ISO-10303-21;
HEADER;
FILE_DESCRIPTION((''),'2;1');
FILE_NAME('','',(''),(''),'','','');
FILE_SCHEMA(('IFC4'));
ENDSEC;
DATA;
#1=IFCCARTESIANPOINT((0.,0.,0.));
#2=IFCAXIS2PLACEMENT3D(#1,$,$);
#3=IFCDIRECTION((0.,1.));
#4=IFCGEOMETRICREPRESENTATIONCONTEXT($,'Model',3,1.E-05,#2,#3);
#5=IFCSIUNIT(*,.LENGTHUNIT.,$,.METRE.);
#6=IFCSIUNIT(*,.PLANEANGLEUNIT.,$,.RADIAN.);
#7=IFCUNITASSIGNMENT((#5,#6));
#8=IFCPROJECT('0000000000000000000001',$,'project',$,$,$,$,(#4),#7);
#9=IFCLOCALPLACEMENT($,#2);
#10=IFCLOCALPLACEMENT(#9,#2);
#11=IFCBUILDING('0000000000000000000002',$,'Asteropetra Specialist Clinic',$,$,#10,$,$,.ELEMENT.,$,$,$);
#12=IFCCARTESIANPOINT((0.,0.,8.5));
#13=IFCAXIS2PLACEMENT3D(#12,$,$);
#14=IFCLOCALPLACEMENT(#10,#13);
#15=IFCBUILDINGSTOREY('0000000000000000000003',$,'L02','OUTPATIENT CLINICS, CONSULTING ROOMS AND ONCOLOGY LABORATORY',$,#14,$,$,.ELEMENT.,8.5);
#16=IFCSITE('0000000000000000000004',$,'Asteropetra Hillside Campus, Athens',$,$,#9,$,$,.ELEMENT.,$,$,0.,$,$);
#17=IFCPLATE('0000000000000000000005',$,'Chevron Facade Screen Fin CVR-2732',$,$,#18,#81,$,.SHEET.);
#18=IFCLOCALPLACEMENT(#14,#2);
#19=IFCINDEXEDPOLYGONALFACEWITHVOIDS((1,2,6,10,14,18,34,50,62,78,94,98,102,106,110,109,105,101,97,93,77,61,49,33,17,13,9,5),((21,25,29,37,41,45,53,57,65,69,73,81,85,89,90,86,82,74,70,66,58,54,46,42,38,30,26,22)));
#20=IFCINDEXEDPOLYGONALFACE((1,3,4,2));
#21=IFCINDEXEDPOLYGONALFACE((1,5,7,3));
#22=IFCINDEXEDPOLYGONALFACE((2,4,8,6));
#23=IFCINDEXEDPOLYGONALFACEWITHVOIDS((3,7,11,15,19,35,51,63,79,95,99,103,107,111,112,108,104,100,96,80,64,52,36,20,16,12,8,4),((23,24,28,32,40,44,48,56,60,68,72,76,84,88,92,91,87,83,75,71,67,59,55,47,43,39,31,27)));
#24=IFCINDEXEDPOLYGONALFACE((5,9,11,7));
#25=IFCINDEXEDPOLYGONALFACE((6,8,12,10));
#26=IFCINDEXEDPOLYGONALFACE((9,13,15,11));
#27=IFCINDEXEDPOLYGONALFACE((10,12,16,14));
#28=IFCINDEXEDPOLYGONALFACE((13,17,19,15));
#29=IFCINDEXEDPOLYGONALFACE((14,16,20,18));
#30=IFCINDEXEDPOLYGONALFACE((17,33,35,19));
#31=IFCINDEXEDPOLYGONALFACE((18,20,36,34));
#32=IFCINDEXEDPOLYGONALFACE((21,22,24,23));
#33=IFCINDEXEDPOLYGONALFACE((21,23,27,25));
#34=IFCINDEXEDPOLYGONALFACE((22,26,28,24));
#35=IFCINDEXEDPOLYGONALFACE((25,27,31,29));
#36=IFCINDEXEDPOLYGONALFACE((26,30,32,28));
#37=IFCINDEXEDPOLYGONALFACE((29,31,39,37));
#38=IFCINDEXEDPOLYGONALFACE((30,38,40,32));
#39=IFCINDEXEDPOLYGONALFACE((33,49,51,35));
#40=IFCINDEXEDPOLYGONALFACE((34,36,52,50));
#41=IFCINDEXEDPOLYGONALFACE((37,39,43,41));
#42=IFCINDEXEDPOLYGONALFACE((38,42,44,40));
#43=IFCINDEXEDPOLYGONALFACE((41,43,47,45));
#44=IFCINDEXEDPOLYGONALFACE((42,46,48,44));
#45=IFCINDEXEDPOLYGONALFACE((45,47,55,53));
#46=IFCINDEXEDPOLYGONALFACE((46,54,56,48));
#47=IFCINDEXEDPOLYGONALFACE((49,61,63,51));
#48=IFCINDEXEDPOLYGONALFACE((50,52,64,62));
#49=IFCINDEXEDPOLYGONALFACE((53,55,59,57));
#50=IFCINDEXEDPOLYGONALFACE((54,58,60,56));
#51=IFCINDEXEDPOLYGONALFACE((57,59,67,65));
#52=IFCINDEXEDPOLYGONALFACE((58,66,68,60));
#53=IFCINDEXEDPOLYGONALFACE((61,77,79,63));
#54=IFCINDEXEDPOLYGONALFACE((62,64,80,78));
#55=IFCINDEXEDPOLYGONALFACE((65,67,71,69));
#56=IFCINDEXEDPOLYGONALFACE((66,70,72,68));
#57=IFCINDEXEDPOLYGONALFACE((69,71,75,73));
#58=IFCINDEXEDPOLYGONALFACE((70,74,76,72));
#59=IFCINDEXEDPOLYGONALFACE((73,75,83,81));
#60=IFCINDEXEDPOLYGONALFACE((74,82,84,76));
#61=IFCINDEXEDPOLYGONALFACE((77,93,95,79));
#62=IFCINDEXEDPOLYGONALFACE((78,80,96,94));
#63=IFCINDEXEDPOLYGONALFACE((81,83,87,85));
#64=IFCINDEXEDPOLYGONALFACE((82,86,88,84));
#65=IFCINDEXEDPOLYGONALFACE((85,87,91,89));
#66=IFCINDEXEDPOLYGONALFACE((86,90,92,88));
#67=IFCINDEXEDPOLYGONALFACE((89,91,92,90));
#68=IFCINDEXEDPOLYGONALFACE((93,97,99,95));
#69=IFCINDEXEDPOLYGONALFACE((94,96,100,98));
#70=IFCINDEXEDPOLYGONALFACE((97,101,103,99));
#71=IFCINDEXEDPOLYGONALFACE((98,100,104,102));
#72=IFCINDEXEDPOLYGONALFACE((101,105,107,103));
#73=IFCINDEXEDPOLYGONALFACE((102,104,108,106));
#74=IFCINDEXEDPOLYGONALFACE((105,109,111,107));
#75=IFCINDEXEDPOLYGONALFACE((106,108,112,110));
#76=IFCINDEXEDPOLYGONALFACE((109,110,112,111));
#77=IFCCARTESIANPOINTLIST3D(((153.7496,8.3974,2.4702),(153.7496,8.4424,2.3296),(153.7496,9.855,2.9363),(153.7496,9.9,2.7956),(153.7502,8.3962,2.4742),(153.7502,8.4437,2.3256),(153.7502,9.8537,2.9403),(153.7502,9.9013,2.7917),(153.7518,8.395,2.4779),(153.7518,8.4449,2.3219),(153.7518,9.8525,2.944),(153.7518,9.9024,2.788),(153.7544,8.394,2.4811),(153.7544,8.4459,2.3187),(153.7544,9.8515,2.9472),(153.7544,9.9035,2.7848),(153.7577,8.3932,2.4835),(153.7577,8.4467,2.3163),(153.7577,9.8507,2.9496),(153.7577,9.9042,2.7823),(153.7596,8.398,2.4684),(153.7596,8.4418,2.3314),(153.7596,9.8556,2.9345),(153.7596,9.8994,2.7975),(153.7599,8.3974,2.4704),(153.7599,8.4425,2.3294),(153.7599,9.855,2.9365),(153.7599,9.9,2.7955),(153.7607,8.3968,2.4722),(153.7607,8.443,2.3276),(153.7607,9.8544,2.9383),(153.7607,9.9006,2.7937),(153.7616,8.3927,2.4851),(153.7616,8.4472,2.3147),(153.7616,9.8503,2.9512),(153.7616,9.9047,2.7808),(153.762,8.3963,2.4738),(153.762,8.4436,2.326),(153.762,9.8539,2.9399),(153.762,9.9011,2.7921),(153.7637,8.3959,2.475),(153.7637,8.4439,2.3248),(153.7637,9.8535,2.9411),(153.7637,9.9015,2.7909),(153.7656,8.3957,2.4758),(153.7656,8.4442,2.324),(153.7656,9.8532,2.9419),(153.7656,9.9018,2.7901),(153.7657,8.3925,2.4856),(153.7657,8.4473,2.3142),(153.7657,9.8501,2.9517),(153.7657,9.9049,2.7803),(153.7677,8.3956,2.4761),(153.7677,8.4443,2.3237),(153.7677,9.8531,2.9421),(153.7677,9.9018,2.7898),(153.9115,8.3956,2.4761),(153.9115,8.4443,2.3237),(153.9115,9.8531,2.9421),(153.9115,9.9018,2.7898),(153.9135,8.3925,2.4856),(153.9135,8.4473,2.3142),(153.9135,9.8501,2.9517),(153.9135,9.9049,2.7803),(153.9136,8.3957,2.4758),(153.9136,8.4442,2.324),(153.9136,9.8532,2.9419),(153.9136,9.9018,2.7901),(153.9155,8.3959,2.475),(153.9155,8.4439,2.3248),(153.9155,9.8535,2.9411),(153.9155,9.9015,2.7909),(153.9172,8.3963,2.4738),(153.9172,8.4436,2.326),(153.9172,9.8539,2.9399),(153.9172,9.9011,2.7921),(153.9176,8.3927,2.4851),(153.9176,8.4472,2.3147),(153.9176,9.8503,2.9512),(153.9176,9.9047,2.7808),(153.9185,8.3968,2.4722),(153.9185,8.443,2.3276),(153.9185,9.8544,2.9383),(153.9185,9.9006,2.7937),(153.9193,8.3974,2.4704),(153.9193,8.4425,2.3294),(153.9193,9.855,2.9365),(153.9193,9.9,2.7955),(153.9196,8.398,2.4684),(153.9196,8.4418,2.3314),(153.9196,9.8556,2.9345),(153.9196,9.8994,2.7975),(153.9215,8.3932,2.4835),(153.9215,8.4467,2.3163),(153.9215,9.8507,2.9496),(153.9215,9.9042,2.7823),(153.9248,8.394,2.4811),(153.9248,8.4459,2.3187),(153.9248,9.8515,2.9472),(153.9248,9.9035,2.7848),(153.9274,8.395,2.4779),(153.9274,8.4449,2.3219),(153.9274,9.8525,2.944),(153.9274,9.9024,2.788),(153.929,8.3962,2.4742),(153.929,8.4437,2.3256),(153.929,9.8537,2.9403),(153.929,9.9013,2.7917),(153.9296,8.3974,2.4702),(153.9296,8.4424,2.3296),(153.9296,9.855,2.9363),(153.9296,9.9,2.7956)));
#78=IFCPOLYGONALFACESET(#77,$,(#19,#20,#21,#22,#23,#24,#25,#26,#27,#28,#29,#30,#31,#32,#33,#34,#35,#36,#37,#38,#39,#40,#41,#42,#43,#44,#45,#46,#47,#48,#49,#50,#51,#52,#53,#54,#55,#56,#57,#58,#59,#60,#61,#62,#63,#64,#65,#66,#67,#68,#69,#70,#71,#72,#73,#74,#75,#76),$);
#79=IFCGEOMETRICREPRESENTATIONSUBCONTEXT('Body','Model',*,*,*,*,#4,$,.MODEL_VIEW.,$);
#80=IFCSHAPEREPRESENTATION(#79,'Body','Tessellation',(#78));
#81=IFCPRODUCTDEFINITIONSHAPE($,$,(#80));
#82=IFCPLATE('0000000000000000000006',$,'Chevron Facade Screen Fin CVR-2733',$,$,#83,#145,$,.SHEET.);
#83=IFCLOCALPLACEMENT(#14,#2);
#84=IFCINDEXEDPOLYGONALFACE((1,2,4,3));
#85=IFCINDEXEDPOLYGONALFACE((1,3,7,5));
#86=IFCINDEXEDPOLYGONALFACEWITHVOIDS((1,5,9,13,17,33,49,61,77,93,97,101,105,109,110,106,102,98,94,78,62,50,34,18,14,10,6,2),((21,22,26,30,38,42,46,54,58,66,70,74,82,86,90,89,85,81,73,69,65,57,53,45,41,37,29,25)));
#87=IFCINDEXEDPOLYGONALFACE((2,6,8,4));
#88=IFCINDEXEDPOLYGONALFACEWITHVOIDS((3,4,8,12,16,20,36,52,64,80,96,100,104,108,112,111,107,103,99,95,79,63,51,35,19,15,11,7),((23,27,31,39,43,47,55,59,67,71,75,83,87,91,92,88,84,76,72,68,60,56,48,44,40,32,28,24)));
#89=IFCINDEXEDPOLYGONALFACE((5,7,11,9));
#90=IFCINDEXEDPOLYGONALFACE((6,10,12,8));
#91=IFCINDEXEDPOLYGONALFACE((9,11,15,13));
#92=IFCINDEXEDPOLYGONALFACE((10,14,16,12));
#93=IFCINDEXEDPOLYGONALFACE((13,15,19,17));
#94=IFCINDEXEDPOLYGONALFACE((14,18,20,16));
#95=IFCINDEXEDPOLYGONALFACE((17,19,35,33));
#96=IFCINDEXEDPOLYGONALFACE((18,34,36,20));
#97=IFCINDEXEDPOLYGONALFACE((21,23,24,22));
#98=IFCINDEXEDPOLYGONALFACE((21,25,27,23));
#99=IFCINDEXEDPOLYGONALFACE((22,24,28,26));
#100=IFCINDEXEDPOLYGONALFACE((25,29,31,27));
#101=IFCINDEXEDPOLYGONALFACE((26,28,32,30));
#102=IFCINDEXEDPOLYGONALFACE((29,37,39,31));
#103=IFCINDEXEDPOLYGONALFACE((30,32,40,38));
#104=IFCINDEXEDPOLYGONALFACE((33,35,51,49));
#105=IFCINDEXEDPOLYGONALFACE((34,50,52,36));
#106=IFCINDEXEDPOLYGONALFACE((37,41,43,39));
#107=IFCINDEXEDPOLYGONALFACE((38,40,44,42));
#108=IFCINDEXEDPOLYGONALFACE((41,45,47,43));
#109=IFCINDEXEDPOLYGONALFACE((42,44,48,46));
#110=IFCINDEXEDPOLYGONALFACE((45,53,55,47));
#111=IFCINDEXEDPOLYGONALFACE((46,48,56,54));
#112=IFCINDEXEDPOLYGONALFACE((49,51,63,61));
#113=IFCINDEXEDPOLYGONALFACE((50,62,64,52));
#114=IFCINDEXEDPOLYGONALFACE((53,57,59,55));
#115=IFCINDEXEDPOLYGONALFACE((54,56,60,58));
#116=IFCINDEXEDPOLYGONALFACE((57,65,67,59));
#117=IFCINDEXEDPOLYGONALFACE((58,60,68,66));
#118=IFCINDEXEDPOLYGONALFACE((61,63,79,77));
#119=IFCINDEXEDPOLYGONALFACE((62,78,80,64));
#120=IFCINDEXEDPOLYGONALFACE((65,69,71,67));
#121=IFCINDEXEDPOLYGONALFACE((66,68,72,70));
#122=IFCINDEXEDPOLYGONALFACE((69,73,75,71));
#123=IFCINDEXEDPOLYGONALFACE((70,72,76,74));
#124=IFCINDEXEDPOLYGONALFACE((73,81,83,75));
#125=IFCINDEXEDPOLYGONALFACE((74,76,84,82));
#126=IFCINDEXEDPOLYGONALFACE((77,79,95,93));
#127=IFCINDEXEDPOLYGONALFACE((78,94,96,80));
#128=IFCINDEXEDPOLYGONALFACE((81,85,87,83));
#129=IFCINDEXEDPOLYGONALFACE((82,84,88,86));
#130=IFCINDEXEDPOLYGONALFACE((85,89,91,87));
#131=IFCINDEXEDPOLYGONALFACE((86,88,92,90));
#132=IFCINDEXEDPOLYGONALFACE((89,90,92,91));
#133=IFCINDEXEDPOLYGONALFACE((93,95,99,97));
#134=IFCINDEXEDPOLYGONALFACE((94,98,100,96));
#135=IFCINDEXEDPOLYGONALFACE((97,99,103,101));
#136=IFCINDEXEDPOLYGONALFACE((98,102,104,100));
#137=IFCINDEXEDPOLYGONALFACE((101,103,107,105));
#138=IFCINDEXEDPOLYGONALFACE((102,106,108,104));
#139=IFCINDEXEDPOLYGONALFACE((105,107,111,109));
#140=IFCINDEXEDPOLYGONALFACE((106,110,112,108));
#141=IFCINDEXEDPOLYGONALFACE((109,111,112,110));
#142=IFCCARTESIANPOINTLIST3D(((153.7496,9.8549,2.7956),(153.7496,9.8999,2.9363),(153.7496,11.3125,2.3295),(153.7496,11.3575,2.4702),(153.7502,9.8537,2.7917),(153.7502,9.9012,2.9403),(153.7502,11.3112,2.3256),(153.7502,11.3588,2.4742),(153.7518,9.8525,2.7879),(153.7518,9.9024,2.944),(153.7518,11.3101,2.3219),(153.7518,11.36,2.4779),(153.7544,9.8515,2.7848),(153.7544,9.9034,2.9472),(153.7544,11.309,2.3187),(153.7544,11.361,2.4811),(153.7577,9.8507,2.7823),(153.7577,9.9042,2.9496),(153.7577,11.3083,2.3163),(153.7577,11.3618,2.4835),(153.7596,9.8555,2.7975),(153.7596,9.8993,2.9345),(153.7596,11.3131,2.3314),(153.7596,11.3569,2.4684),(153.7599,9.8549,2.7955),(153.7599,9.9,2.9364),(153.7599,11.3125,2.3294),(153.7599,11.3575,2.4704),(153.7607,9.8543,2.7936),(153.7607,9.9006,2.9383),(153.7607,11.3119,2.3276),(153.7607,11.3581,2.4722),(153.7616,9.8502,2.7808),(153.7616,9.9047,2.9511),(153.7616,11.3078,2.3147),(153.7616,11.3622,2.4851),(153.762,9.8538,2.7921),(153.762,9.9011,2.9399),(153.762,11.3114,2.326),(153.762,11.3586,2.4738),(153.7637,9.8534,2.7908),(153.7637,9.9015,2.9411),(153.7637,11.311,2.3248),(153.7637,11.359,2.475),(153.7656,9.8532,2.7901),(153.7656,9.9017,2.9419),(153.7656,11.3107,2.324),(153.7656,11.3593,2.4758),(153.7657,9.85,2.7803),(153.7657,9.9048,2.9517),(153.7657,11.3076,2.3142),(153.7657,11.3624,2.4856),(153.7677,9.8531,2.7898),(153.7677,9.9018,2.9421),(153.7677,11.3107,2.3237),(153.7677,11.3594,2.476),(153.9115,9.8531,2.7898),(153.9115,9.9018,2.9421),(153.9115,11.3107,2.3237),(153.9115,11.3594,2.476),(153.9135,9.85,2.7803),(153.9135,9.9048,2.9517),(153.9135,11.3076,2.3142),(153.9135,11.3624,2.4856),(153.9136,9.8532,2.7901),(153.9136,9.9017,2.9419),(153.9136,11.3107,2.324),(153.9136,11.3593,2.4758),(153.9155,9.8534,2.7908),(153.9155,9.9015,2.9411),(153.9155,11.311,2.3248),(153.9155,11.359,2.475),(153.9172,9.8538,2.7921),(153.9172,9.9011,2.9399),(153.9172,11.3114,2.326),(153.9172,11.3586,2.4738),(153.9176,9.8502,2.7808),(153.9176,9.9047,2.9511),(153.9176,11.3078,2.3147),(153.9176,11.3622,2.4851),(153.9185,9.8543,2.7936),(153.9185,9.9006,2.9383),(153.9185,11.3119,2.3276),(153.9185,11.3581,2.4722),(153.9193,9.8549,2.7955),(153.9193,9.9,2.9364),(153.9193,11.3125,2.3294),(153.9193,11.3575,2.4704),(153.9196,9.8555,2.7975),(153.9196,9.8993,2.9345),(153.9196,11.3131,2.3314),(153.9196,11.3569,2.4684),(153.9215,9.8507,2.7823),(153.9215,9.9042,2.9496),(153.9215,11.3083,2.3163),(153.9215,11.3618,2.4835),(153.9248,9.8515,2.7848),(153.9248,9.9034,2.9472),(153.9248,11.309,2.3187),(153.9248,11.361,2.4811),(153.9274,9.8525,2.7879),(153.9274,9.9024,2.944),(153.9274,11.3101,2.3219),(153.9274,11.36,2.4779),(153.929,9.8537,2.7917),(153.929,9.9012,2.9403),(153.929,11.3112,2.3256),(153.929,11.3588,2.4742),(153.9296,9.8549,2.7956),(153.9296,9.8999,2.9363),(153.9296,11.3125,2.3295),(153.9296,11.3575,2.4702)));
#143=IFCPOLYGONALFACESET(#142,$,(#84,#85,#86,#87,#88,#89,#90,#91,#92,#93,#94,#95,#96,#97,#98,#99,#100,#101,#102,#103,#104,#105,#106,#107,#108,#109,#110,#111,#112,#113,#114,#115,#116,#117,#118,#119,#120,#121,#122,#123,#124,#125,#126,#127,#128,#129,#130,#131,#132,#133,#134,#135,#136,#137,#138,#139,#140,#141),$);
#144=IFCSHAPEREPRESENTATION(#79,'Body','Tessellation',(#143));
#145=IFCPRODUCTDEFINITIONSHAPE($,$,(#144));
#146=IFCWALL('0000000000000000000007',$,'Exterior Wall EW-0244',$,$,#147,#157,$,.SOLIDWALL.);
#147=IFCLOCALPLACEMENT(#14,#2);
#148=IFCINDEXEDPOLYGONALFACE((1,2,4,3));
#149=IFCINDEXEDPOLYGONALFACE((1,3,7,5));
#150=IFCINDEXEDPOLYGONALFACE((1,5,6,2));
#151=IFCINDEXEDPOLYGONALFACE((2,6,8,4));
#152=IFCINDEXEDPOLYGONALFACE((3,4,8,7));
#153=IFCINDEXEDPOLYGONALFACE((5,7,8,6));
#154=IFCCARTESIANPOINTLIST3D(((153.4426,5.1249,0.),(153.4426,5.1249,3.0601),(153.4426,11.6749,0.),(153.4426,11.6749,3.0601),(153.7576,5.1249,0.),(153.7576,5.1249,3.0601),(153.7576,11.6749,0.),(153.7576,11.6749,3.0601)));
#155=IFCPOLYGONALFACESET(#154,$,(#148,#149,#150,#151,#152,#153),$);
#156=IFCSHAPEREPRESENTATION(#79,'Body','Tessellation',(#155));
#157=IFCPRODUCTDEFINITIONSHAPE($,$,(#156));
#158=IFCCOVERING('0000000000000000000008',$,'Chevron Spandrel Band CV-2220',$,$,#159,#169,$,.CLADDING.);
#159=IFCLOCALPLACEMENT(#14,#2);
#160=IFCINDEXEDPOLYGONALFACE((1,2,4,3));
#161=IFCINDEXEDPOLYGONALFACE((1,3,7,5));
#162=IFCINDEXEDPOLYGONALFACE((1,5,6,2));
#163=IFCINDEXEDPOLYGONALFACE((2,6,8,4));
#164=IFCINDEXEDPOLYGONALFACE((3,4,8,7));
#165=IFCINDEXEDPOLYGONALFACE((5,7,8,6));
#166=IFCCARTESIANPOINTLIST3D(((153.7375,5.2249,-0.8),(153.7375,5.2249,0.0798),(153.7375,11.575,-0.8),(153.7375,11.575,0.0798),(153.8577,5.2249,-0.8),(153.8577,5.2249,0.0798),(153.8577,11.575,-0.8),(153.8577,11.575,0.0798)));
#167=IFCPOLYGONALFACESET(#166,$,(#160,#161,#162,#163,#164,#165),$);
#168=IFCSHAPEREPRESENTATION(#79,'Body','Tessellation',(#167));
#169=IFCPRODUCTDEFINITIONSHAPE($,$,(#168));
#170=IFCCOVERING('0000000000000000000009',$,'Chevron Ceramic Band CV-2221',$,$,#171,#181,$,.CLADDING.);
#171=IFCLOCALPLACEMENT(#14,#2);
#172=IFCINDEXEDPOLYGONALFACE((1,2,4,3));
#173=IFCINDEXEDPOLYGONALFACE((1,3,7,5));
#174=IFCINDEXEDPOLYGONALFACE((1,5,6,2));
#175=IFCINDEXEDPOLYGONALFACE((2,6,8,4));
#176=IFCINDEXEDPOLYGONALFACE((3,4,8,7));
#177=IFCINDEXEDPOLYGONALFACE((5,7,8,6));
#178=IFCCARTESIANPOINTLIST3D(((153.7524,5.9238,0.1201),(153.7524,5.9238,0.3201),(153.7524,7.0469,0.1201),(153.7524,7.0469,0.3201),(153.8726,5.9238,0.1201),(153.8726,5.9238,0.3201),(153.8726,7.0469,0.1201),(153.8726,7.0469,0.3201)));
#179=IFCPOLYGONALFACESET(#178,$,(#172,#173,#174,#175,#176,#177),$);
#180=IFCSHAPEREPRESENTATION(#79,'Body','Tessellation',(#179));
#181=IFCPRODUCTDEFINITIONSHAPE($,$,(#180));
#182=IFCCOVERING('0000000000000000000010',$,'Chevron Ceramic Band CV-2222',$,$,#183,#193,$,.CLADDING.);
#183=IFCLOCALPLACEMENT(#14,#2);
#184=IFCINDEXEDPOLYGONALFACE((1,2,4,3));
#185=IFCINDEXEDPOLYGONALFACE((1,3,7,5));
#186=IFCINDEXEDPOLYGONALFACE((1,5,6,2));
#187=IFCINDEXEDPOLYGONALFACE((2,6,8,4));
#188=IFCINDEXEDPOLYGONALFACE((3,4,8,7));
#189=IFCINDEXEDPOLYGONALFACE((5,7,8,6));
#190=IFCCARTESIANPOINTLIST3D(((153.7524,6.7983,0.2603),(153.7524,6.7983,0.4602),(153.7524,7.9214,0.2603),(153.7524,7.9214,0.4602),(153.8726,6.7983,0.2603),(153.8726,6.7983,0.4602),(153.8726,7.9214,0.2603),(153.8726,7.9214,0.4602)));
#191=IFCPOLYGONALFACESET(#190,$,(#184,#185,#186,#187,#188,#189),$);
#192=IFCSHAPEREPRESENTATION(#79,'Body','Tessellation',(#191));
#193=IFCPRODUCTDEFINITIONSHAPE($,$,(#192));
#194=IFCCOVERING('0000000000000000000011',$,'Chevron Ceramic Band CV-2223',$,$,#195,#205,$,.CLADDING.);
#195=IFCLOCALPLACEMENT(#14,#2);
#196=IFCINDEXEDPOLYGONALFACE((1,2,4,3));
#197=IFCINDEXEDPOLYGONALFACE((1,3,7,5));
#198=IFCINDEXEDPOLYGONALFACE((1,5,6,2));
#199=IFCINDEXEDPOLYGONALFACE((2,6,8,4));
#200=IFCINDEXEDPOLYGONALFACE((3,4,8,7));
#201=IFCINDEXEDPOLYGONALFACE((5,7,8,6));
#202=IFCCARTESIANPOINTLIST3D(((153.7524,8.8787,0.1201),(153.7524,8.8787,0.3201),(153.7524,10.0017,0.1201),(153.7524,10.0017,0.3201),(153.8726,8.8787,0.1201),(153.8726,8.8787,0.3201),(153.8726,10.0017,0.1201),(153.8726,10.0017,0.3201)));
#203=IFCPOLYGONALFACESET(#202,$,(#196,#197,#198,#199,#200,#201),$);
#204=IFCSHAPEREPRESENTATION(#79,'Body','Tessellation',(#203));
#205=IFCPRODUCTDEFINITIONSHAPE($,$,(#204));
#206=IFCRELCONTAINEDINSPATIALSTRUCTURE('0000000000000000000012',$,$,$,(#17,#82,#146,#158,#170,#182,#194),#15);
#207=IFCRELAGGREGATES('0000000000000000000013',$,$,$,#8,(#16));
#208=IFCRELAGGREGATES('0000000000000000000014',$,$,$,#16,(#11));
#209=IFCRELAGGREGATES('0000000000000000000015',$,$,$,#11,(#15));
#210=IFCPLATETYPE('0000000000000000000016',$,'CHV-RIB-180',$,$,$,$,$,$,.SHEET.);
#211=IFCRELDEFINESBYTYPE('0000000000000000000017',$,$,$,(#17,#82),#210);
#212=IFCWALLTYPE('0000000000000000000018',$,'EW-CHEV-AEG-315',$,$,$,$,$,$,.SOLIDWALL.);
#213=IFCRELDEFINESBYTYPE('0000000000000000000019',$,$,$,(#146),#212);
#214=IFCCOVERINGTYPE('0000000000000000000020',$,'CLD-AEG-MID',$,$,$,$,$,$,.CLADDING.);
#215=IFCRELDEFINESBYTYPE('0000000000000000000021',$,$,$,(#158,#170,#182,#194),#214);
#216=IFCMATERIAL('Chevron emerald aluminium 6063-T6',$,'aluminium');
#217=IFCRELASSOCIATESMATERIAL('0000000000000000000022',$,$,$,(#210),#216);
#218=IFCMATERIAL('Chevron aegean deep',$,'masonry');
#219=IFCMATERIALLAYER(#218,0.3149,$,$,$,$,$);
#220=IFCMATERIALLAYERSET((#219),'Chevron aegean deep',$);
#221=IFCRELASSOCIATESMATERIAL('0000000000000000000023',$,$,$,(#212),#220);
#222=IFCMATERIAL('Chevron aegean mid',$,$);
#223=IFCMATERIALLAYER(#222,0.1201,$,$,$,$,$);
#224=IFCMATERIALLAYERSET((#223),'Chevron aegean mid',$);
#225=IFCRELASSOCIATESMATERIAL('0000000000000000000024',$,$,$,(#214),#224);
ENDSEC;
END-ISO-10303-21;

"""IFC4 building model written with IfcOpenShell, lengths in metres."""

from ifc_helpers import new_model, si_unit, direction, frame, frame_2d, origin, origin_2d, place, context, subcontext, project, spatial, rectangle, hollow_rectangle, extrude, material, layer, layer_set, material_profile, profile_set, type_object, element, save


model = new_model("IFC4")

# Units and contexts
model_context = context("Model", 3, precision=1e-05, world=origin(), true_north=direction((0.0, 1.0)))
body_context = subcontext(model_context, "Body", "Model", "MODEL_VIEW")
ifc_project = project(units=[si_unit("LENGTHUNIT", "METRE"), si_unit("PLANEANGLEUNIT", "RADIAN")], contexts=[model_context])

# Site, building, storey
site_placement = place(None, origin())
site = spatial("IfcSite", under=ifc_project, at=site_placement, Name="Asteropetra Hillside Campus, Athens", CompositionType="ELEMENT", RefElevation=0.0)
building_placement = place(site_placement, origin())
building = spatial("IfcBuilding", under=site, at=building_placement, Name="Asteropetra Specialist Clinic", CompositionType="ELEMENT")
storey_placement = place(building_placement, frame((0.0, 0.0, 8.5)))
storey = spatial("IfcBuildingStorey", under=building, at=storey_placement, Name="L02", Description="OUTPATIENT CLINICS, CONSULTING ROOMS AND ONCOLOGY LABORATORY", CompositionType="ELEMENT", Elevation=8.5)

# Plates
ifc_material_1 = material(Name="Chevron emerald aluminium 6063-T6", Category="aluminium")
ifc_material_profile_1 = material_profile(ifc_material_1, hollow_rectangle(XDim=0.1799, YDim=0.1799, WallThickness=0.01, InnerFilletRadius=0.0081, OuterFilletRadius=0.0161, at=origin_2d()), Name="SHS 180x180x10.0")
ifc_profile_set_1 = profile_set([ifc_material_profile_1], Name="Chevron emerald aluminium 6063-T6")
plate_type = type_object("IfcPlateType", Name="CHV-RIB-180", PredefinedType="SHEET", material=ifc_profile_set_1)
for number, where, z_axis, x_axis, name in (
    (1, (153.8396, 8.4199, 2.3999), (0.0, 0.952489, 0.304573), (-1.0, 0.0, 0.0), "Chevron Facade Screen Fin CVR-2732"),
    (2, (153.8396, 9.8774, 2.866), (0.0, 0.952489, -0.304573), (-1.0, 0.0, 0.0), "Chevron Facade Screen Fin CVR-2733"),
):
    element("IfcPlate", number, at=place(storey_placement, frame(where, z_axis=z_axis, x_axis=x_axis)), inside=storey, type_object=plate_type, Name=name, PredefinedType="SHEET", context=body_context, shape_type="SweptSolid", body=[
        extrude(hollow_rectangle(XDim=0.1799, YDim=0.1799, WallThickness=0.01, InnerFilletRadius=0.0081, OuterFilletRadius=0.0161, at=origin_2d()), origin(), (0.0, 0.0, 1.0), 1.5303),
    ])

# Wall
ifc_material_2 = material(Name="Chevron aegean deep", Category="masonry")
ifc_layer_1 = layer(ifc_material_2, 0.3149)
ifc_layer_set_1 = layer_set([ifc_layer_1], Name="Chevron aegean deep")
wall_type = type_object("IfcWallType", Name="EW-CHEV-AEG-315", PredefinedType="SOLIDWALL", material=ifc_layer_set_1)
wall_placement = place(storey_placement, frame((153.6001, 5.125, 0.0), z_axis=(0.0, 0.0, 1.0), x_axis=(0.0, 1.0, 0.0)))
element("IfcWall", 3, at=wall_placement, inside=storey, type_object=wall_type, Name="Exterior Wall EW-0244", PredefinedType="SOLIDWALL", context=body_context, shape_type="SweptSolid", body=[
    extrude(rectangle(XDim=6.55, YDim=0.3149, at=frame_2d((3.2749, 0.0))), origin(), (0.0, 0.0, 1.0), 3.0601),
])

# Coverings
ifc_material_3 = material(Name="Chevron aegean mid")
ifc_layer_2 = layer(ifc_material_3, 0.1201)
ifc_layer_set_2 = layer_set([ifc_layer_2], Name="Chevron aegean mid")
covering_type_1 = type_object("IfcCoveringType", Name="CLD-AEG-MID", PredefinedType="CLADDING", material=ifc_layer_set_2)
covering_1_placement = place(storey_placement, frame((153.7976, 8.3999, -0.8), z_axis=(0.0, 0.0, 1.0), x_axis=(1.0, 0.0, 0.0)))
element("IfcCovering", 4, at=covering_1_placement, inside=storey, type_object=covering_type_1, Name="Chevron Spandrel Band CV-2220", PredefinedType="CLADDING", context=body_context, shape_type="SweptSolid", body=[
    extrude(rectangle(XDim=0.1201, YDim=6.3501, at=origin_2d()), origin(), (0.0, 0.0, 1.0), 0.8799),
])
for number, where, z_axis, x_axis, name in (
    (5, (153.8125, 6.4854, 0.1201), (0.0, 0.0, 1.0), (1.0, 0.0, 0.0), "Chevron Ceramic Band CV-2221"),
    (6, (153.8125, 7.3599, 0.2603), (0.0, 0.0, 1.0), (1.0, 0.0, 0.0), "Chevron Ceramic Band CV-2222"),
    (7, (153.8125, 9.4402, 0.1201), (0.0, 0.0, 1.0), (1.0, 0.0, 0.0), "Chevron Ceramic Band CV-2223"),
):
    element("IfcCovering", number, at=place(storey_placement, frame(where, z_axis=z_axis, x_axis=x_axis)), inside=storey, type_object=covering_type_1, Name=name, PredefinedType="CLADDING", context=body_context, shape_type="SweptSolid", body=[
        extrude(rectangle(XDim=0.1201, YDim=1.123, at=origin_2d()), origin(), (0.0, 0.0, 1.0), 0.2),
    ])

save(model, "model.ifc")
